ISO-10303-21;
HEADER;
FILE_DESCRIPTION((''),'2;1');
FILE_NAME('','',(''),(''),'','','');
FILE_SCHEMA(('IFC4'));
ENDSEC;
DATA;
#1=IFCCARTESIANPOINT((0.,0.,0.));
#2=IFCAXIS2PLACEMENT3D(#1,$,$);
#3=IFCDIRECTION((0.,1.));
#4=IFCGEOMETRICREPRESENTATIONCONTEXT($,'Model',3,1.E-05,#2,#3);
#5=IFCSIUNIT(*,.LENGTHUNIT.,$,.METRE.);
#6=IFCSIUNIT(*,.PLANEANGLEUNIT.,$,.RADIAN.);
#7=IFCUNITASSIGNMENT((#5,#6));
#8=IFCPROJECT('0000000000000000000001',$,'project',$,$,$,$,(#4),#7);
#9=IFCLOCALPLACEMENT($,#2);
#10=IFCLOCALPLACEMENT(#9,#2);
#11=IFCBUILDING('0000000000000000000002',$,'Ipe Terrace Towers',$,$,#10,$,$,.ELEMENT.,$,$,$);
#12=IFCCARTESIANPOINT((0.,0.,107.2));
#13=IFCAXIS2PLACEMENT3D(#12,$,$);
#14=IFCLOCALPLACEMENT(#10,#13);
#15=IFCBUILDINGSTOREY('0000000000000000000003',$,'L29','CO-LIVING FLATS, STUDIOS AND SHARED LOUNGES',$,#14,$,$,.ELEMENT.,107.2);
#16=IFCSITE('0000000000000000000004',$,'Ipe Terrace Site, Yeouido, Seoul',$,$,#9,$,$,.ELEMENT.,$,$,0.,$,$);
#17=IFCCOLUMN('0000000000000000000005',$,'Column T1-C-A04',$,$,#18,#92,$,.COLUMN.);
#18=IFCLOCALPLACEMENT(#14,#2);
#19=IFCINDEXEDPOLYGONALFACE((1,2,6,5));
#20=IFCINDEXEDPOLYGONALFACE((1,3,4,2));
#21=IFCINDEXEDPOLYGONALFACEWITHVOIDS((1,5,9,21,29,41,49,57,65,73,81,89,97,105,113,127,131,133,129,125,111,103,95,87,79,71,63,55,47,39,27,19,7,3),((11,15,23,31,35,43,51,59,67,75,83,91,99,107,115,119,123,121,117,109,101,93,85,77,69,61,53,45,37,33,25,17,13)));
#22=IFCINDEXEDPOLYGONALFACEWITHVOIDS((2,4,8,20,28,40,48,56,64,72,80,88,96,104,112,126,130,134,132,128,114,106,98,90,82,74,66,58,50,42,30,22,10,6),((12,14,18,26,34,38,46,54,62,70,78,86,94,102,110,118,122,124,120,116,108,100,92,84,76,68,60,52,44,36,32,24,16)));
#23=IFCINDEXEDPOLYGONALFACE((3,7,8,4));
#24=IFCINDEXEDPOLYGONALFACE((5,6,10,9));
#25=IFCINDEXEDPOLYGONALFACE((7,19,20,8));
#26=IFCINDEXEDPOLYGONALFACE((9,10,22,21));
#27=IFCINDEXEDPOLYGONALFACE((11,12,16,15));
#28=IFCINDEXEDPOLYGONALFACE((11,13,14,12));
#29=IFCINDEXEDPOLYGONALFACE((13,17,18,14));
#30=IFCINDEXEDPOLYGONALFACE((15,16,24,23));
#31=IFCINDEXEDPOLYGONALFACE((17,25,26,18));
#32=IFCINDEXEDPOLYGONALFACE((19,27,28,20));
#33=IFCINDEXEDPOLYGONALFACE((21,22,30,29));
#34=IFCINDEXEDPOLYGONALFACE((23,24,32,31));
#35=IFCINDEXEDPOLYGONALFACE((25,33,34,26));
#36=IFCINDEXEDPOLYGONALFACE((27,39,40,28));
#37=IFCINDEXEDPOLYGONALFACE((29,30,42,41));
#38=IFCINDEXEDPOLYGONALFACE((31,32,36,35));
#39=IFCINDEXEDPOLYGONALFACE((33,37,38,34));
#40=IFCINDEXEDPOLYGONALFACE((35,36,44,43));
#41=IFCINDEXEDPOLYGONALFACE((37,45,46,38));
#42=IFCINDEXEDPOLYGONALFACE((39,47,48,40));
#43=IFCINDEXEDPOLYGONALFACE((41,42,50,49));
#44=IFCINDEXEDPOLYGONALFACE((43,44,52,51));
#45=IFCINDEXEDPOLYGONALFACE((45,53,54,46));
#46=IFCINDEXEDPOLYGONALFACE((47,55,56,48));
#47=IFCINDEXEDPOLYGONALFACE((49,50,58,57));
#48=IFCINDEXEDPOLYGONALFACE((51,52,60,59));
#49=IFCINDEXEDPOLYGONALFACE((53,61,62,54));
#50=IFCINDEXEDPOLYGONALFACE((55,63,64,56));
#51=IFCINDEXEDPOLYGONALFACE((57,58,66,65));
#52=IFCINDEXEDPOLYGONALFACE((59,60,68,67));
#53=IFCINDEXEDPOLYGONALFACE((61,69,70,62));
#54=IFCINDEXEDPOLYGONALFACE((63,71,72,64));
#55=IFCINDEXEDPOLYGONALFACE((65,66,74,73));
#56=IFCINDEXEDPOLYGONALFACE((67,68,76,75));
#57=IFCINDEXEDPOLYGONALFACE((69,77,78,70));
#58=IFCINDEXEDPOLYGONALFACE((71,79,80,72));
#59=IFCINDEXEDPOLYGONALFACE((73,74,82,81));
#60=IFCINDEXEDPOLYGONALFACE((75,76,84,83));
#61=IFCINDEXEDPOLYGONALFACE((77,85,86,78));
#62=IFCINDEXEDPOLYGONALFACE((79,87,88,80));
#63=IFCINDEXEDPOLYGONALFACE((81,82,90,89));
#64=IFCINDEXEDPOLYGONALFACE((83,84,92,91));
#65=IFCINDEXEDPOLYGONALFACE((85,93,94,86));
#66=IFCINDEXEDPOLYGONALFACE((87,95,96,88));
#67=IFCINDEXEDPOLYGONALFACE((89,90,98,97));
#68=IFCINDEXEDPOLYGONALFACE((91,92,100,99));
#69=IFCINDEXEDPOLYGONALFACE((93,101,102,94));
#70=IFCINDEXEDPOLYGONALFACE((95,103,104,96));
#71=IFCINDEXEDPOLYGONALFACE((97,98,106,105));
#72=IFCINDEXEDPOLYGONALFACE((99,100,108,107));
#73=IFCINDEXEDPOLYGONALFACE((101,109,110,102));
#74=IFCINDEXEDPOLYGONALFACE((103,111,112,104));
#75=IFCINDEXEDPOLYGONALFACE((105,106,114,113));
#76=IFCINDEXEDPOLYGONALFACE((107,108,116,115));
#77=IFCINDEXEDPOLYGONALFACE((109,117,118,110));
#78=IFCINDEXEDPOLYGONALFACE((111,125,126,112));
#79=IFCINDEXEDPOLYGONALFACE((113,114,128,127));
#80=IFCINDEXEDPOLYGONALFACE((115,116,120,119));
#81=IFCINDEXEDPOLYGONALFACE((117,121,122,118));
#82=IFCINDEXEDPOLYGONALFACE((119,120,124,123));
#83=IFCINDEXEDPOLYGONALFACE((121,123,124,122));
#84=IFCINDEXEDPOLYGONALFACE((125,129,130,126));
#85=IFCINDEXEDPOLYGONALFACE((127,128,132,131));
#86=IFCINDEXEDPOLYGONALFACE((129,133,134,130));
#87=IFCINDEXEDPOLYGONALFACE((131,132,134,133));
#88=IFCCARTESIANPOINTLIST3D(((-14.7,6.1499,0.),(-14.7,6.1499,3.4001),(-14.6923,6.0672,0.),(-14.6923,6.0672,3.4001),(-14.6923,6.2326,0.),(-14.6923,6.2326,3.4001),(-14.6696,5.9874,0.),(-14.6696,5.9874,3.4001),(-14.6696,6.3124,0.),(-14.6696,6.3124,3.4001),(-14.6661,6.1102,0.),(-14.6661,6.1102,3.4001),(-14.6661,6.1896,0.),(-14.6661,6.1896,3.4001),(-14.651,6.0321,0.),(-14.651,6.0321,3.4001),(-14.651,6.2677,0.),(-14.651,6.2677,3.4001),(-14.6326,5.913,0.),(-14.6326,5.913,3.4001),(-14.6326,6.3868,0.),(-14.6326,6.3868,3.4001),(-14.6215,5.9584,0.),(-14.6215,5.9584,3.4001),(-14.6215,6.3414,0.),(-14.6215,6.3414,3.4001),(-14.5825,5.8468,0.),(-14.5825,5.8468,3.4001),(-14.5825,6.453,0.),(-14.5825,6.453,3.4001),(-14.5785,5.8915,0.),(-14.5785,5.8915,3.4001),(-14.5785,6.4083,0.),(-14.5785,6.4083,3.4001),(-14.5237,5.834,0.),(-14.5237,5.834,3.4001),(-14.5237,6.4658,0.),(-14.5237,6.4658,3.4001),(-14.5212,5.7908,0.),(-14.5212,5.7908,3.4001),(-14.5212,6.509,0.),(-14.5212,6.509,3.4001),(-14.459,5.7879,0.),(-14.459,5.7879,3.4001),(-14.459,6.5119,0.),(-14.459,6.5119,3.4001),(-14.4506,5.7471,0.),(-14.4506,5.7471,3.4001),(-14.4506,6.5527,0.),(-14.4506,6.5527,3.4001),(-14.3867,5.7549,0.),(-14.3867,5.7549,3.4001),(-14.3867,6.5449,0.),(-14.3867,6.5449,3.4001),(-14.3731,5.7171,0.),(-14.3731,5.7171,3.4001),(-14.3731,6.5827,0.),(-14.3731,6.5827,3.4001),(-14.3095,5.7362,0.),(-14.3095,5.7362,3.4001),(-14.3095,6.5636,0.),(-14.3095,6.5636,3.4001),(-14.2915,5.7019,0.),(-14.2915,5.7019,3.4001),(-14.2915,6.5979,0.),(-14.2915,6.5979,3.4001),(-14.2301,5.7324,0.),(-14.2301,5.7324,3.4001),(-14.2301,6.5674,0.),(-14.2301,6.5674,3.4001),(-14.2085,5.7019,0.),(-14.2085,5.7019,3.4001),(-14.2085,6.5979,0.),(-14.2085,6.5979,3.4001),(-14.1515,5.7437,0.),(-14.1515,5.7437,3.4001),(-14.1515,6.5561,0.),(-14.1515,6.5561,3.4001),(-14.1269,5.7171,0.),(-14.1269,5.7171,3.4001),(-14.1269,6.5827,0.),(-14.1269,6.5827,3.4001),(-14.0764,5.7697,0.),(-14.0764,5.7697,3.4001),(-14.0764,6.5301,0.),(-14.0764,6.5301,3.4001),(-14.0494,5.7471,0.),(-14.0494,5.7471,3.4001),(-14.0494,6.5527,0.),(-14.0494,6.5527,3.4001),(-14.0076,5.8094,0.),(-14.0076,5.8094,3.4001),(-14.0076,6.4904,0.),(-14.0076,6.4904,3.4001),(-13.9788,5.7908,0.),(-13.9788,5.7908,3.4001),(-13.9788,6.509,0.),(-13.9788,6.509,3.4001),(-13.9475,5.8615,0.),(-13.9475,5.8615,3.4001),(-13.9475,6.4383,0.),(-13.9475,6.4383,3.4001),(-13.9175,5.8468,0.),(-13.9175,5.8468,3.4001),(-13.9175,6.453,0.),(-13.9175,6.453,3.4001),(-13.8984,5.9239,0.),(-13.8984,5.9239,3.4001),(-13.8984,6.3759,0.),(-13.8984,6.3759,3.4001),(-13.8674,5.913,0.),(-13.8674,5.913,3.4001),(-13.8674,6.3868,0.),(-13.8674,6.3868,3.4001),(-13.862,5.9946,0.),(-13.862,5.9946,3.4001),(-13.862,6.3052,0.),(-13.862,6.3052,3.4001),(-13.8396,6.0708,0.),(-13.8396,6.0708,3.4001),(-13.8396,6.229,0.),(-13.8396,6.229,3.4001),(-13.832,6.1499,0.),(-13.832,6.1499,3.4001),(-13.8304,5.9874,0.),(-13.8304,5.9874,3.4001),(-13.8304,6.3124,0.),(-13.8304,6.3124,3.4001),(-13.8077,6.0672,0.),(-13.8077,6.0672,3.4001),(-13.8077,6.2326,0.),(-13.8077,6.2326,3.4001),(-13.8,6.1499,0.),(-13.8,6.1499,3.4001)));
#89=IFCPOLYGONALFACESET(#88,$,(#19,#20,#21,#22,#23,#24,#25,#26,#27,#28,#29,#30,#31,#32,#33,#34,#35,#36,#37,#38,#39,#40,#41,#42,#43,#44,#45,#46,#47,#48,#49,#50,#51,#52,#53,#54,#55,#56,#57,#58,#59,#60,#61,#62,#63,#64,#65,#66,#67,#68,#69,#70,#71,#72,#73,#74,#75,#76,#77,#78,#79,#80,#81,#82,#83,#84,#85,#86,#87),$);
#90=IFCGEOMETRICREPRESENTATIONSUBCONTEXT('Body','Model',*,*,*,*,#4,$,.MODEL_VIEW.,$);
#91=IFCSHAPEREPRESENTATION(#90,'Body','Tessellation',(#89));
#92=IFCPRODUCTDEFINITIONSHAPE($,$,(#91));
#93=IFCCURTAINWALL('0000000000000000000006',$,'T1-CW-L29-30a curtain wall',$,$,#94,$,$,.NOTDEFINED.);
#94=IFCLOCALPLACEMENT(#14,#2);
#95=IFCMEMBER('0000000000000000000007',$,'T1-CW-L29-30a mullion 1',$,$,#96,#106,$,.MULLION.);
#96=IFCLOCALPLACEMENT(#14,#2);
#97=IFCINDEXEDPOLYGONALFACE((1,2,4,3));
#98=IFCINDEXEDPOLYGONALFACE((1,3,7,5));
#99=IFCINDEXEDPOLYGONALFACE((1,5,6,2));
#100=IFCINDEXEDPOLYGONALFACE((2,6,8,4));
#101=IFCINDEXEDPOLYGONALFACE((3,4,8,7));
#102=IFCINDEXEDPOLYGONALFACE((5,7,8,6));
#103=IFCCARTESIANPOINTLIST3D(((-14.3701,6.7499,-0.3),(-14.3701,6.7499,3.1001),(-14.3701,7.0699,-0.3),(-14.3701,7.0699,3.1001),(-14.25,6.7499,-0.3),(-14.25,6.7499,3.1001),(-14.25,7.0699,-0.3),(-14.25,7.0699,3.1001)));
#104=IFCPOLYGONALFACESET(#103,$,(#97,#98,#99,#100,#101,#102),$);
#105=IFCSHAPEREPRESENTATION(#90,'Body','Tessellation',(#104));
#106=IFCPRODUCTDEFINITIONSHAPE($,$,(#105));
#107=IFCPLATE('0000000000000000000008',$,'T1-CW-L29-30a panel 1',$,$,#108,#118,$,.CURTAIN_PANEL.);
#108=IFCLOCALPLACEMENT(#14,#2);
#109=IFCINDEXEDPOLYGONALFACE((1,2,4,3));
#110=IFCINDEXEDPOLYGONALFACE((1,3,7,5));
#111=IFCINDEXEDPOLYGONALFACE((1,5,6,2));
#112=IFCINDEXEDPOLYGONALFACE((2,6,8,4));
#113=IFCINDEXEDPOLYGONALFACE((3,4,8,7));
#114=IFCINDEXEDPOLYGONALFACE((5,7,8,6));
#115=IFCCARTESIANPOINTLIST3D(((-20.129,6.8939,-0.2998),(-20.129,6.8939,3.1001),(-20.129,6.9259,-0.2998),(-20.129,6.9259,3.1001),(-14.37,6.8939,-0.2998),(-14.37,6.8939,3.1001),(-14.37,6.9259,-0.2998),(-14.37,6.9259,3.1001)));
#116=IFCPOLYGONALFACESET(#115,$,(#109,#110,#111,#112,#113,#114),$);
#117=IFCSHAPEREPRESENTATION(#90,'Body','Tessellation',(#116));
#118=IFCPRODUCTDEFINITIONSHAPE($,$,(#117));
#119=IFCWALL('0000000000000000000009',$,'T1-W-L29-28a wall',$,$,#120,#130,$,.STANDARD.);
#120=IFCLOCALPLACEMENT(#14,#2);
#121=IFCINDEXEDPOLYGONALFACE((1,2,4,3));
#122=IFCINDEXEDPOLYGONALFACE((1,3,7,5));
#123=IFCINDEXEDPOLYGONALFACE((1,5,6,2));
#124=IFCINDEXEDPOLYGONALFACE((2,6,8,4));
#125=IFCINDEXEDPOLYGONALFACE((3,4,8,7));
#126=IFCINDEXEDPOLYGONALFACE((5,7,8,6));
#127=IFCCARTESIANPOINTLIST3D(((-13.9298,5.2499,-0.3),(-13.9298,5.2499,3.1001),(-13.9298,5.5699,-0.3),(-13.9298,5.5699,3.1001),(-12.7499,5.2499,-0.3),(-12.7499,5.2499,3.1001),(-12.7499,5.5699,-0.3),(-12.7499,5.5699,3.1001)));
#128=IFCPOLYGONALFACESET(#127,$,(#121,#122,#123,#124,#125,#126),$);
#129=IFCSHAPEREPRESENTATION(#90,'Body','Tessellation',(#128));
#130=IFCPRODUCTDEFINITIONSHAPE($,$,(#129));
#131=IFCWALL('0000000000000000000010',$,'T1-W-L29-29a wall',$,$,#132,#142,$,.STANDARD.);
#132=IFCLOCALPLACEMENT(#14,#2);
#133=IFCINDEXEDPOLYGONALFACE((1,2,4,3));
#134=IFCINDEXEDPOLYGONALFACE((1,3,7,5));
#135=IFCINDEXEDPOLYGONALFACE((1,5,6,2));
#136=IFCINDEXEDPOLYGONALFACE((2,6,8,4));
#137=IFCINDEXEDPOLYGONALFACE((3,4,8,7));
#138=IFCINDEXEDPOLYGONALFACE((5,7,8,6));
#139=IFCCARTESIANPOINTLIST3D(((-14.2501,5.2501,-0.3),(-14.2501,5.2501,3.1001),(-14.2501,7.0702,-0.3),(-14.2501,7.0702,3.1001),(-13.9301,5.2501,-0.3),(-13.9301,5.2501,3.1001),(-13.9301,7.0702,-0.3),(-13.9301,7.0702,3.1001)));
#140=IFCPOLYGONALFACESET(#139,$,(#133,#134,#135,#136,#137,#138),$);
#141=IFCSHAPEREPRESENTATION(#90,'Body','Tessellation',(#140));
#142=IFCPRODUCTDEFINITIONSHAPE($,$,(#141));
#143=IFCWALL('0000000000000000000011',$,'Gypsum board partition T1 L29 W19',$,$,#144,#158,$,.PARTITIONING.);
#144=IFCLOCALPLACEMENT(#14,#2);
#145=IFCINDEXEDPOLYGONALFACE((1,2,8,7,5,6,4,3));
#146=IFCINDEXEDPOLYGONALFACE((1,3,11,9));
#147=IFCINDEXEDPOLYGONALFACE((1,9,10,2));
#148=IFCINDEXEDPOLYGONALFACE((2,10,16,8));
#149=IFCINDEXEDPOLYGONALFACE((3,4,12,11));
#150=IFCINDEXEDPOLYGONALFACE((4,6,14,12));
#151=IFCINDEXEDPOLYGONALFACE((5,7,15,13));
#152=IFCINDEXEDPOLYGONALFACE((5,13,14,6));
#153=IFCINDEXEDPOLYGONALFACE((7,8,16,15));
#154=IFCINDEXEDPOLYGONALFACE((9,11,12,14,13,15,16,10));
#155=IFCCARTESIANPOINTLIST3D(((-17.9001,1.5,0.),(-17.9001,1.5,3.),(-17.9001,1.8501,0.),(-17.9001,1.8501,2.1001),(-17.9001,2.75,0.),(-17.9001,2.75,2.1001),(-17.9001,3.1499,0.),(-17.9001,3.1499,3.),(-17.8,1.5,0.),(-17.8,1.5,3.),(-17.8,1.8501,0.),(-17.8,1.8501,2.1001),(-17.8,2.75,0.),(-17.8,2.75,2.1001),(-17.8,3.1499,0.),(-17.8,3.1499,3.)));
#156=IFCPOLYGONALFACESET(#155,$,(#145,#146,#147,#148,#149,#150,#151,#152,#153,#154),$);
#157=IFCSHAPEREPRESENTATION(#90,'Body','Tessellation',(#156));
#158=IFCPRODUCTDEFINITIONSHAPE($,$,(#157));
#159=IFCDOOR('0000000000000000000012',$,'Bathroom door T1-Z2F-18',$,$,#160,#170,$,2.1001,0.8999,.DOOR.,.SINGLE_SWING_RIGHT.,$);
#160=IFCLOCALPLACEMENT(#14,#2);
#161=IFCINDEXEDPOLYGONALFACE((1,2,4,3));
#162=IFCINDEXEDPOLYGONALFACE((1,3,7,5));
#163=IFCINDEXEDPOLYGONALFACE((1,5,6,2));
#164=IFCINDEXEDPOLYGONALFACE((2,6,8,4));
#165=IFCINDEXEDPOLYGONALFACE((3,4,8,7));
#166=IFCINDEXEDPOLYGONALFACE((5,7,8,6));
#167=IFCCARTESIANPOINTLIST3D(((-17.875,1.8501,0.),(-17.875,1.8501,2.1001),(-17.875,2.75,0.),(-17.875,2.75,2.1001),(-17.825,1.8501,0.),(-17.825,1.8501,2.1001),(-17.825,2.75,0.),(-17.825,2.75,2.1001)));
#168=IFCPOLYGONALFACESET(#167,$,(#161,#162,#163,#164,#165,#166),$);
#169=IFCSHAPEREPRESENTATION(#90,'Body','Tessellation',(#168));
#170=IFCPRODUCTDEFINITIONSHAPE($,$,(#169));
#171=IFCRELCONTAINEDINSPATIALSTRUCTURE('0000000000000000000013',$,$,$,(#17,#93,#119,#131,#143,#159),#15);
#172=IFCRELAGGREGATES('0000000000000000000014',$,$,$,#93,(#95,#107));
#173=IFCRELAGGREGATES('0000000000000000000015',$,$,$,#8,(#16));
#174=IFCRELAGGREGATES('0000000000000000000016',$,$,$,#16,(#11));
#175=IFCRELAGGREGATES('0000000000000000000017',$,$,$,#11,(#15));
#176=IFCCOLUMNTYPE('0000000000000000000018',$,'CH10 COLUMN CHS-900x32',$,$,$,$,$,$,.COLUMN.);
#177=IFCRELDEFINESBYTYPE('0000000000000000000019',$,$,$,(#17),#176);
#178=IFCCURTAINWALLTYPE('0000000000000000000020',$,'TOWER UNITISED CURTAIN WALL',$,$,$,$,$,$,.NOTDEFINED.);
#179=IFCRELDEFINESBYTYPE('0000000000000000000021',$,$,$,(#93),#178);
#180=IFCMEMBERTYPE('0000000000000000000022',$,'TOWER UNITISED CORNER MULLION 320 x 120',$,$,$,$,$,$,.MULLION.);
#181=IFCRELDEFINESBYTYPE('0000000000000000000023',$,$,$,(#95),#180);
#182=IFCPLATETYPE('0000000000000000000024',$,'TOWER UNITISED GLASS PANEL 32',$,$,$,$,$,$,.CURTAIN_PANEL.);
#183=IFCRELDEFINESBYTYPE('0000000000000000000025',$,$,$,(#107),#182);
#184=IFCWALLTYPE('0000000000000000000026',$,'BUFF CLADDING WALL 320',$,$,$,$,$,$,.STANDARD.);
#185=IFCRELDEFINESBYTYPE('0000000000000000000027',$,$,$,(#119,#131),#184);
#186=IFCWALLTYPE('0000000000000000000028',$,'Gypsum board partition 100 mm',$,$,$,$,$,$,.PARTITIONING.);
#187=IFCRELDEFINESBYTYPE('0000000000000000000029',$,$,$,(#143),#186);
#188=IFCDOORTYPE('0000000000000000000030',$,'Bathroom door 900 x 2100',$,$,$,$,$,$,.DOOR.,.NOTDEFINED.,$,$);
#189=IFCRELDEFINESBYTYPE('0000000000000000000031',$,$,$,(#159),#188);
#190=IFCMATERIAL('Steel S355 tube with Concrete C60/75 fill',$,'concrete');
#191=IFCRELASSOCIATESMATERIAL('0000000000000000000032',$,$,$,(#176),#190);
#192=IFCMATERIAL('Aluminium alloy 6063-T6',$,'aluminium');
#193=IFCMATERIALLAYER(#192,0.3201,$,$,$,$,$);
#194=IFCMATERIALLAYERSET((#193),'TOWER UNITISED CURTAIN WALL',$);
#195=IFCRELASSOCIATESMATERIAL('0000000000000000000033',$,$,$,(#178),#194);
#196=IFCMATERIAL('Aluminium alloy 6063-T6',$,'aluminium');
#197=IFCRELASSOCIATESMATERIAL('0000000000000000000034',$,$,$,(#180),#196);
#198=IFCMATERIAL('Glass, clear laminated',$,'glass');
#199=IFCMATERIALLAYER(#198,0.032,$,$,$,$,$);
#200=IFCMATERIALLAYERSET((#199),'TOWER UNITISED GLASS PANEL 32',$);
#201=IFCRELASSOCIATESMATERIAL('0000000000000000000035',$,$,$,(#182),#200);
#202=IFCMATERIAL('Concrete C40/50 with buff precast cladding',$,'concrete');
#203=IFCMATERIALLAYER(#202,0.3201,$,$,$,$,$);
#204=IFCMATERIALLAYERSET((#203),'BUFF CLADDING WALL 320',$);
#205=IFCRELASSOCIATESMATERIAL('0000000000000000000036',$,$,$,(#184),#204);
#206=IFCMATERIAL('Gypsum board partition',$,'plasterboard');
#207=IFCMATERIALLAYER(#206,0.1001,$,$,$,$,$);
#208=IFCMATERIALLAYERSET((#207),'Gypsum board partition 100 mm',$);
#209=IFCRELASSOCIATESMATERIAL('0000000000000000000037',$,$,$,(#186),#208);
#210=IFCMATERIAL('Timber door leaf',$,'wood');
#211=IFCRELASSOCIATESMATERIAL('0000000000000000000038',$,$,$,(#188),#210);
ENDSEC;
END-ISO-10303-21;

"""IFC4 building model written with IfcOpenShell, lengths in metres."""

from ifc_helpers import new_model, si_unit, direction, frame, frame_2d, origin, origin_2d, place, context, subcontext, project, spatial, rectangle, hollow_circle, extrude, material, layer, layer_set, material_profile, profile_set, type_object, element, fill, aggregate, save


model = new_model("IFC4")

# Units and contexts
model_context = context("Model", 3, precision=1e-05, world=origin(), true_north=direction((0.0, 1.0)))
body_context = subcontext(model_context, "Body", "Model", "MODEL_VIEW")
ifc_project = project(units=[si_unit("LENGTHUNIT", "METRE"), si_unit("PLANEANGLEUNIT", "RADIAN")], contexts=[model_context])

# Site, building, storey
site_placement = place(None, origin())
site = spatial("IfcSite", under=ifc_project, at=site_placement, Name="Ipe Terrace Site, Yeouido, Seoul", CompositionType="ELEMENT", RefElevation=0.0)
building_placement = place(site_placement, origin())
building = spatial("IfcBuilding", under=site, at=building_placement, Name="Ipe Terrace Towers", CompositionType="ELEMENT")
storey_placement = place(building_placement, frame((0.0, 0.0, 107.2)))
storey = spatial("IfcBuildingStorey", under=building, at=storey_placement, Name="L29", Description="CO-LIVING FLATS, STUDIOS AND SHARED LOUNGES", CompositionType="ELEMENT", Elevation=107.2)

# Column
ifc_material_1 = material(Name="Steel S355 tube with Concrete C60/75 fill", Category="concrete")
ifc_material_profile_1 = material_profile(ifc_material_1, hollow_circle(Radius=0.45, WallThickness=0.032, at=origin_2d()), Name="CHS-900x32")
ifc_profile_set_1 = profile_set([ifc_material_profile_1], Name="Steel S355 tube with Concrete C60/75 fill")
column_type = type_object("IfcColumnType", Name="CH10 COLUMN CHS-900x32", PredefinedType="COLUMN", material=ifc_profile_set_1)
column_placement = place(storey_placement, frame((-14.25, 6.1499, 0.0), z_axis=(0.0, 0.0, 1.0), x_axis=(1.0, 0.0, 0.0)))
element("IfcColumn", 1, at=column_placement, inside=storey, type_object=column_type, Name="Column T1-C-A04", PredefinedType="COLUMN", context=body_context, shape_type="SweptSolid", body=[
    extrude(hollow_circle(Radius=0.45, WallThickness=0.032, at=origin_2d()), origin(), (0.0, 0.0, 1.0), 3.4001),
])

# Curtain wall, member, plate
ifc_material_2 = material(Name="Aluminium alloy 6063-T6", Category="aluminium")
ifc_layer_1 = layer(ifc_material_2, 0.3201)
ifc_layer_set_1 = layer_set([ifc_layer_1], Name="TOWER UNITISED CURTAIN WALL")
curtain_wall_type = type_object("IfcCurtainWallType", Name="TOWER UNITISED CURTAIN WALL", PredefinedType="NOTDEFINED", material=ifc_layer_set_1)
curtain_wall_placement = place(storey_placement, origin())
curtain_wall = element("IfcCurtainWall", 2, at=curtain_wall_placement, inside=storey, type_object=curtain_wall_type, Name="T1-CW-L29-30a curtain wall", PredefinedType="NOTDEFINED")
ifc_material_3 = material(Name="Aluminium alloy 6063-T6", Category="aluminium")
ifc_material_profile_2 = material_profile(ifc_material_3, rectangle(XDim=0.3201, YDim=0.1201, at=origin_2d()), Name="TOWER UNITISED CORNER MULLION 320 x 120")
ifc_profile_set_2 = profile_set([ifc_material_profile_2], Name="Aluminium alloy 6063-T6")
member_type = type_object("IfcMemberType", Name="TOWER UNITISED CORNER MULLION 320 x 120", PredefinedType="MULLION", material=ifc_profile_set_2)
member_placement = place(storey_placement, frame((-14.3101, 6.9099, -0.3), z_axis=(0.0, 0.0, 1.0), x_axis=(0.0, 1.0, 0.0)))
member = element("IfcMember", 3, at=member_placement, type_object=member_type, Name="T1-CW-L29-30a mullion 1", PredefinedType="MULLION", context=body_context, shape_type="SweptSolid", body=[
    extrude(rectangle(XDim=0.3201, YDim=0.1201, at=origin_2d()), origin(), (0.0, 0.0, 1.0), 3.4001),
])
ifc_material_4 = material(Name="Glass, clear laminated", Category="glass")
ifc_layer_2 = layer(ifc_material_4, 0.032)
ifc_layer_set_2 = layer_set([ifc_layer_2], Name="TOWER UNITISED GLASS PANEL 32")
plate_type = type_object("IfcPlateType", Name="TOWER UNITISED GLASS PANEL 32", PredefinedType="CURTAIN_PANEL", material=ifc_layer_set_2)
plate_placement = place(storey_placement, frame((-17.2495, 6.9099, -0.2998), z_axis=(0.0, 0.0, 1.0), x_axis=(-1.0, 0.0, 0.0)))
plate = element("IfcPlate", 4, at=plate_placement, type_object=plate_type, Name="T1-CW-L29-30a panel 1", PredefinedType="CURTAIN_PANEL", context=body_context, shape_type="SweptSolid", body=[
    extrude(rectangle(XDim=5.759, YDim=0.032, at=origin_2d()), origin(), (0.0, 0.0, 1.0), 3.3999),
])
aggregate(curtain_wall, [member, plate])

# Walls
ifc_material_5 = material(Name="Concrete C40/50 with buff precast cladding", Category="concrete")
ifc_layer_3 = layer(ifc_material_5, 0.3201)
ifc_layer_set_3 = layer_set([ifc_layer_3], Name="BUFF CLADDING WALL 320")
wall_type_1 = type_object("IfcWallType", Name="BUFF CLADDING WALL 320", PredefinedType="STANDARD", material=ifc_layer_set_3)
wall_1_placement = place(storey_placement, frame((-12.75, 5.4099, -0.3), z_axis=(0.0, 0.0, 1.0), x_axis=(-1.0, 0.0, 0.0)))
element("IfcWall", 5, at=wall_1_placement, inside=storey, type_object=wall_type_1, Name="T1-W-L29-28a wall", PredefinedType="STANDARD", context=body_context, shape_type="SweptSolid", body=[
    extrude(rectangle(XDim=1.1799, YDim=0.3201, at=frame_2d((0.5898, 0.0))), origin(), (0.0, 0.0, 1.0), 3.4001),
])
wall_2_placement = place(storey_placement, frame((-14.0901, 5.25, -0.3), z_axis=(0.0, 0.0, 1.0), x_axis=(0.0, 1.0, 0.0)))
element("IfcWall", 6, at=wall_2_placement, inside=storey, type_object=wall_type_1, Name="T1-W-L29-29a wall", PredefinedType="STANDARD", context=body_context, shape_type="SweptSolid", body=[
    extrude(rectangle(XDim=1.8201, YDim=0.3201, at=frame_2d((0.9102, 0.0))), origin(), (0.0, 0.0, 1.0), 3.4001),
])

# Wall, opening, door
ifc_material_6 = material(Name="Gypsum board partition", Category="plasterboard")
ifc_layer_4 = layer(ifc_material_6, 0.1001)
ifc_layer_set_4 = layer_set([ifc_layer_4], Name="Gypsum board partition 100 mm")
wall_type_2 = type_object("IfcWallType", Name="Gypsum board partition 100 mm", PredefinedType="PARTITIONING", material=ifc_layer_set_4)
wall_3_placement = place(storey_placement, frame((-17.8501, 1.5, 0.0), z_axis=(0.0, 0.0, 1.0), x_axis=(0.0, 1.0, 0.0)))
wall_3 = element("IfcWall", 7, at=wall_3_placement, inside=storey, type_object=wall_type_2, Name="Gypsum board partition T1 L29 W19", PredefinedType="PARTITIONING", context=body_context, shape_type="SweptSolid", body=[
    extrude(rectangle(XDim=1.6499, YDim=0.1001, at=frame_2d((0.825, 0.0))), origin(), (0.0, 0.0, 1.0), 3.0),
])
opening_1_placement = place(wall_3_placement, frame((0.3501, 0.0, 0.0)))
opening_1 = element("IfcOpeningElement", 8, at=opening_1_placement, cuts=wall_3, PredefinedType="OPENING", context=body_context, shape_type="SweptSolid", body=[
    extrude(rectangle(XDim=0.8999, YDim=2.1001, at=frame_2d((0.45, 1.05))), frame((0.0, 0.0601, 0.0), z_axis=(0.0, -1.0, 0.0), x_axis=(1.0, 0.0, 0.0)), (0.0, 0.0, 1.0), 0.1201),
])
ifc_material_7 = material(Name="Timber door leaf", Category="wood")
door_type_1 = type_object("IfcDoorType", Name="Bathroom door 900 x 2100", OperationType="NOTDEFINED", PredefinedType="DOOR", material=ifc_material_7)
door_1_placement = place(opening_1_placement, origin())
door_1 = element("IfcDoor", 9, at=door_1_placement, inside=storey, type_object=door_type_1, Name="Bathroom door T1-Z2F-18", OperationType="SINGLE_SWING_RIGHT", OverallHeight=2.1001, OverallWidth=0.8999, PredefinedType="DOOR", context=body_context, shape_type="SweptSolid", body=[
    extrude(rectangle(XDim=0.8999, YDim=2.1001, at=frame_2d((0.45, 1.05))), frame((0.0, 0.0249, 0.0), z_axis=(0.0, -1.0, 0.0), x_axis=(1.0, 0.0, 0.0)), (0.0, 0.0, 1.0), 0.05),
])
fill(opening_1, door_1)

save(model, "model.ifc")
